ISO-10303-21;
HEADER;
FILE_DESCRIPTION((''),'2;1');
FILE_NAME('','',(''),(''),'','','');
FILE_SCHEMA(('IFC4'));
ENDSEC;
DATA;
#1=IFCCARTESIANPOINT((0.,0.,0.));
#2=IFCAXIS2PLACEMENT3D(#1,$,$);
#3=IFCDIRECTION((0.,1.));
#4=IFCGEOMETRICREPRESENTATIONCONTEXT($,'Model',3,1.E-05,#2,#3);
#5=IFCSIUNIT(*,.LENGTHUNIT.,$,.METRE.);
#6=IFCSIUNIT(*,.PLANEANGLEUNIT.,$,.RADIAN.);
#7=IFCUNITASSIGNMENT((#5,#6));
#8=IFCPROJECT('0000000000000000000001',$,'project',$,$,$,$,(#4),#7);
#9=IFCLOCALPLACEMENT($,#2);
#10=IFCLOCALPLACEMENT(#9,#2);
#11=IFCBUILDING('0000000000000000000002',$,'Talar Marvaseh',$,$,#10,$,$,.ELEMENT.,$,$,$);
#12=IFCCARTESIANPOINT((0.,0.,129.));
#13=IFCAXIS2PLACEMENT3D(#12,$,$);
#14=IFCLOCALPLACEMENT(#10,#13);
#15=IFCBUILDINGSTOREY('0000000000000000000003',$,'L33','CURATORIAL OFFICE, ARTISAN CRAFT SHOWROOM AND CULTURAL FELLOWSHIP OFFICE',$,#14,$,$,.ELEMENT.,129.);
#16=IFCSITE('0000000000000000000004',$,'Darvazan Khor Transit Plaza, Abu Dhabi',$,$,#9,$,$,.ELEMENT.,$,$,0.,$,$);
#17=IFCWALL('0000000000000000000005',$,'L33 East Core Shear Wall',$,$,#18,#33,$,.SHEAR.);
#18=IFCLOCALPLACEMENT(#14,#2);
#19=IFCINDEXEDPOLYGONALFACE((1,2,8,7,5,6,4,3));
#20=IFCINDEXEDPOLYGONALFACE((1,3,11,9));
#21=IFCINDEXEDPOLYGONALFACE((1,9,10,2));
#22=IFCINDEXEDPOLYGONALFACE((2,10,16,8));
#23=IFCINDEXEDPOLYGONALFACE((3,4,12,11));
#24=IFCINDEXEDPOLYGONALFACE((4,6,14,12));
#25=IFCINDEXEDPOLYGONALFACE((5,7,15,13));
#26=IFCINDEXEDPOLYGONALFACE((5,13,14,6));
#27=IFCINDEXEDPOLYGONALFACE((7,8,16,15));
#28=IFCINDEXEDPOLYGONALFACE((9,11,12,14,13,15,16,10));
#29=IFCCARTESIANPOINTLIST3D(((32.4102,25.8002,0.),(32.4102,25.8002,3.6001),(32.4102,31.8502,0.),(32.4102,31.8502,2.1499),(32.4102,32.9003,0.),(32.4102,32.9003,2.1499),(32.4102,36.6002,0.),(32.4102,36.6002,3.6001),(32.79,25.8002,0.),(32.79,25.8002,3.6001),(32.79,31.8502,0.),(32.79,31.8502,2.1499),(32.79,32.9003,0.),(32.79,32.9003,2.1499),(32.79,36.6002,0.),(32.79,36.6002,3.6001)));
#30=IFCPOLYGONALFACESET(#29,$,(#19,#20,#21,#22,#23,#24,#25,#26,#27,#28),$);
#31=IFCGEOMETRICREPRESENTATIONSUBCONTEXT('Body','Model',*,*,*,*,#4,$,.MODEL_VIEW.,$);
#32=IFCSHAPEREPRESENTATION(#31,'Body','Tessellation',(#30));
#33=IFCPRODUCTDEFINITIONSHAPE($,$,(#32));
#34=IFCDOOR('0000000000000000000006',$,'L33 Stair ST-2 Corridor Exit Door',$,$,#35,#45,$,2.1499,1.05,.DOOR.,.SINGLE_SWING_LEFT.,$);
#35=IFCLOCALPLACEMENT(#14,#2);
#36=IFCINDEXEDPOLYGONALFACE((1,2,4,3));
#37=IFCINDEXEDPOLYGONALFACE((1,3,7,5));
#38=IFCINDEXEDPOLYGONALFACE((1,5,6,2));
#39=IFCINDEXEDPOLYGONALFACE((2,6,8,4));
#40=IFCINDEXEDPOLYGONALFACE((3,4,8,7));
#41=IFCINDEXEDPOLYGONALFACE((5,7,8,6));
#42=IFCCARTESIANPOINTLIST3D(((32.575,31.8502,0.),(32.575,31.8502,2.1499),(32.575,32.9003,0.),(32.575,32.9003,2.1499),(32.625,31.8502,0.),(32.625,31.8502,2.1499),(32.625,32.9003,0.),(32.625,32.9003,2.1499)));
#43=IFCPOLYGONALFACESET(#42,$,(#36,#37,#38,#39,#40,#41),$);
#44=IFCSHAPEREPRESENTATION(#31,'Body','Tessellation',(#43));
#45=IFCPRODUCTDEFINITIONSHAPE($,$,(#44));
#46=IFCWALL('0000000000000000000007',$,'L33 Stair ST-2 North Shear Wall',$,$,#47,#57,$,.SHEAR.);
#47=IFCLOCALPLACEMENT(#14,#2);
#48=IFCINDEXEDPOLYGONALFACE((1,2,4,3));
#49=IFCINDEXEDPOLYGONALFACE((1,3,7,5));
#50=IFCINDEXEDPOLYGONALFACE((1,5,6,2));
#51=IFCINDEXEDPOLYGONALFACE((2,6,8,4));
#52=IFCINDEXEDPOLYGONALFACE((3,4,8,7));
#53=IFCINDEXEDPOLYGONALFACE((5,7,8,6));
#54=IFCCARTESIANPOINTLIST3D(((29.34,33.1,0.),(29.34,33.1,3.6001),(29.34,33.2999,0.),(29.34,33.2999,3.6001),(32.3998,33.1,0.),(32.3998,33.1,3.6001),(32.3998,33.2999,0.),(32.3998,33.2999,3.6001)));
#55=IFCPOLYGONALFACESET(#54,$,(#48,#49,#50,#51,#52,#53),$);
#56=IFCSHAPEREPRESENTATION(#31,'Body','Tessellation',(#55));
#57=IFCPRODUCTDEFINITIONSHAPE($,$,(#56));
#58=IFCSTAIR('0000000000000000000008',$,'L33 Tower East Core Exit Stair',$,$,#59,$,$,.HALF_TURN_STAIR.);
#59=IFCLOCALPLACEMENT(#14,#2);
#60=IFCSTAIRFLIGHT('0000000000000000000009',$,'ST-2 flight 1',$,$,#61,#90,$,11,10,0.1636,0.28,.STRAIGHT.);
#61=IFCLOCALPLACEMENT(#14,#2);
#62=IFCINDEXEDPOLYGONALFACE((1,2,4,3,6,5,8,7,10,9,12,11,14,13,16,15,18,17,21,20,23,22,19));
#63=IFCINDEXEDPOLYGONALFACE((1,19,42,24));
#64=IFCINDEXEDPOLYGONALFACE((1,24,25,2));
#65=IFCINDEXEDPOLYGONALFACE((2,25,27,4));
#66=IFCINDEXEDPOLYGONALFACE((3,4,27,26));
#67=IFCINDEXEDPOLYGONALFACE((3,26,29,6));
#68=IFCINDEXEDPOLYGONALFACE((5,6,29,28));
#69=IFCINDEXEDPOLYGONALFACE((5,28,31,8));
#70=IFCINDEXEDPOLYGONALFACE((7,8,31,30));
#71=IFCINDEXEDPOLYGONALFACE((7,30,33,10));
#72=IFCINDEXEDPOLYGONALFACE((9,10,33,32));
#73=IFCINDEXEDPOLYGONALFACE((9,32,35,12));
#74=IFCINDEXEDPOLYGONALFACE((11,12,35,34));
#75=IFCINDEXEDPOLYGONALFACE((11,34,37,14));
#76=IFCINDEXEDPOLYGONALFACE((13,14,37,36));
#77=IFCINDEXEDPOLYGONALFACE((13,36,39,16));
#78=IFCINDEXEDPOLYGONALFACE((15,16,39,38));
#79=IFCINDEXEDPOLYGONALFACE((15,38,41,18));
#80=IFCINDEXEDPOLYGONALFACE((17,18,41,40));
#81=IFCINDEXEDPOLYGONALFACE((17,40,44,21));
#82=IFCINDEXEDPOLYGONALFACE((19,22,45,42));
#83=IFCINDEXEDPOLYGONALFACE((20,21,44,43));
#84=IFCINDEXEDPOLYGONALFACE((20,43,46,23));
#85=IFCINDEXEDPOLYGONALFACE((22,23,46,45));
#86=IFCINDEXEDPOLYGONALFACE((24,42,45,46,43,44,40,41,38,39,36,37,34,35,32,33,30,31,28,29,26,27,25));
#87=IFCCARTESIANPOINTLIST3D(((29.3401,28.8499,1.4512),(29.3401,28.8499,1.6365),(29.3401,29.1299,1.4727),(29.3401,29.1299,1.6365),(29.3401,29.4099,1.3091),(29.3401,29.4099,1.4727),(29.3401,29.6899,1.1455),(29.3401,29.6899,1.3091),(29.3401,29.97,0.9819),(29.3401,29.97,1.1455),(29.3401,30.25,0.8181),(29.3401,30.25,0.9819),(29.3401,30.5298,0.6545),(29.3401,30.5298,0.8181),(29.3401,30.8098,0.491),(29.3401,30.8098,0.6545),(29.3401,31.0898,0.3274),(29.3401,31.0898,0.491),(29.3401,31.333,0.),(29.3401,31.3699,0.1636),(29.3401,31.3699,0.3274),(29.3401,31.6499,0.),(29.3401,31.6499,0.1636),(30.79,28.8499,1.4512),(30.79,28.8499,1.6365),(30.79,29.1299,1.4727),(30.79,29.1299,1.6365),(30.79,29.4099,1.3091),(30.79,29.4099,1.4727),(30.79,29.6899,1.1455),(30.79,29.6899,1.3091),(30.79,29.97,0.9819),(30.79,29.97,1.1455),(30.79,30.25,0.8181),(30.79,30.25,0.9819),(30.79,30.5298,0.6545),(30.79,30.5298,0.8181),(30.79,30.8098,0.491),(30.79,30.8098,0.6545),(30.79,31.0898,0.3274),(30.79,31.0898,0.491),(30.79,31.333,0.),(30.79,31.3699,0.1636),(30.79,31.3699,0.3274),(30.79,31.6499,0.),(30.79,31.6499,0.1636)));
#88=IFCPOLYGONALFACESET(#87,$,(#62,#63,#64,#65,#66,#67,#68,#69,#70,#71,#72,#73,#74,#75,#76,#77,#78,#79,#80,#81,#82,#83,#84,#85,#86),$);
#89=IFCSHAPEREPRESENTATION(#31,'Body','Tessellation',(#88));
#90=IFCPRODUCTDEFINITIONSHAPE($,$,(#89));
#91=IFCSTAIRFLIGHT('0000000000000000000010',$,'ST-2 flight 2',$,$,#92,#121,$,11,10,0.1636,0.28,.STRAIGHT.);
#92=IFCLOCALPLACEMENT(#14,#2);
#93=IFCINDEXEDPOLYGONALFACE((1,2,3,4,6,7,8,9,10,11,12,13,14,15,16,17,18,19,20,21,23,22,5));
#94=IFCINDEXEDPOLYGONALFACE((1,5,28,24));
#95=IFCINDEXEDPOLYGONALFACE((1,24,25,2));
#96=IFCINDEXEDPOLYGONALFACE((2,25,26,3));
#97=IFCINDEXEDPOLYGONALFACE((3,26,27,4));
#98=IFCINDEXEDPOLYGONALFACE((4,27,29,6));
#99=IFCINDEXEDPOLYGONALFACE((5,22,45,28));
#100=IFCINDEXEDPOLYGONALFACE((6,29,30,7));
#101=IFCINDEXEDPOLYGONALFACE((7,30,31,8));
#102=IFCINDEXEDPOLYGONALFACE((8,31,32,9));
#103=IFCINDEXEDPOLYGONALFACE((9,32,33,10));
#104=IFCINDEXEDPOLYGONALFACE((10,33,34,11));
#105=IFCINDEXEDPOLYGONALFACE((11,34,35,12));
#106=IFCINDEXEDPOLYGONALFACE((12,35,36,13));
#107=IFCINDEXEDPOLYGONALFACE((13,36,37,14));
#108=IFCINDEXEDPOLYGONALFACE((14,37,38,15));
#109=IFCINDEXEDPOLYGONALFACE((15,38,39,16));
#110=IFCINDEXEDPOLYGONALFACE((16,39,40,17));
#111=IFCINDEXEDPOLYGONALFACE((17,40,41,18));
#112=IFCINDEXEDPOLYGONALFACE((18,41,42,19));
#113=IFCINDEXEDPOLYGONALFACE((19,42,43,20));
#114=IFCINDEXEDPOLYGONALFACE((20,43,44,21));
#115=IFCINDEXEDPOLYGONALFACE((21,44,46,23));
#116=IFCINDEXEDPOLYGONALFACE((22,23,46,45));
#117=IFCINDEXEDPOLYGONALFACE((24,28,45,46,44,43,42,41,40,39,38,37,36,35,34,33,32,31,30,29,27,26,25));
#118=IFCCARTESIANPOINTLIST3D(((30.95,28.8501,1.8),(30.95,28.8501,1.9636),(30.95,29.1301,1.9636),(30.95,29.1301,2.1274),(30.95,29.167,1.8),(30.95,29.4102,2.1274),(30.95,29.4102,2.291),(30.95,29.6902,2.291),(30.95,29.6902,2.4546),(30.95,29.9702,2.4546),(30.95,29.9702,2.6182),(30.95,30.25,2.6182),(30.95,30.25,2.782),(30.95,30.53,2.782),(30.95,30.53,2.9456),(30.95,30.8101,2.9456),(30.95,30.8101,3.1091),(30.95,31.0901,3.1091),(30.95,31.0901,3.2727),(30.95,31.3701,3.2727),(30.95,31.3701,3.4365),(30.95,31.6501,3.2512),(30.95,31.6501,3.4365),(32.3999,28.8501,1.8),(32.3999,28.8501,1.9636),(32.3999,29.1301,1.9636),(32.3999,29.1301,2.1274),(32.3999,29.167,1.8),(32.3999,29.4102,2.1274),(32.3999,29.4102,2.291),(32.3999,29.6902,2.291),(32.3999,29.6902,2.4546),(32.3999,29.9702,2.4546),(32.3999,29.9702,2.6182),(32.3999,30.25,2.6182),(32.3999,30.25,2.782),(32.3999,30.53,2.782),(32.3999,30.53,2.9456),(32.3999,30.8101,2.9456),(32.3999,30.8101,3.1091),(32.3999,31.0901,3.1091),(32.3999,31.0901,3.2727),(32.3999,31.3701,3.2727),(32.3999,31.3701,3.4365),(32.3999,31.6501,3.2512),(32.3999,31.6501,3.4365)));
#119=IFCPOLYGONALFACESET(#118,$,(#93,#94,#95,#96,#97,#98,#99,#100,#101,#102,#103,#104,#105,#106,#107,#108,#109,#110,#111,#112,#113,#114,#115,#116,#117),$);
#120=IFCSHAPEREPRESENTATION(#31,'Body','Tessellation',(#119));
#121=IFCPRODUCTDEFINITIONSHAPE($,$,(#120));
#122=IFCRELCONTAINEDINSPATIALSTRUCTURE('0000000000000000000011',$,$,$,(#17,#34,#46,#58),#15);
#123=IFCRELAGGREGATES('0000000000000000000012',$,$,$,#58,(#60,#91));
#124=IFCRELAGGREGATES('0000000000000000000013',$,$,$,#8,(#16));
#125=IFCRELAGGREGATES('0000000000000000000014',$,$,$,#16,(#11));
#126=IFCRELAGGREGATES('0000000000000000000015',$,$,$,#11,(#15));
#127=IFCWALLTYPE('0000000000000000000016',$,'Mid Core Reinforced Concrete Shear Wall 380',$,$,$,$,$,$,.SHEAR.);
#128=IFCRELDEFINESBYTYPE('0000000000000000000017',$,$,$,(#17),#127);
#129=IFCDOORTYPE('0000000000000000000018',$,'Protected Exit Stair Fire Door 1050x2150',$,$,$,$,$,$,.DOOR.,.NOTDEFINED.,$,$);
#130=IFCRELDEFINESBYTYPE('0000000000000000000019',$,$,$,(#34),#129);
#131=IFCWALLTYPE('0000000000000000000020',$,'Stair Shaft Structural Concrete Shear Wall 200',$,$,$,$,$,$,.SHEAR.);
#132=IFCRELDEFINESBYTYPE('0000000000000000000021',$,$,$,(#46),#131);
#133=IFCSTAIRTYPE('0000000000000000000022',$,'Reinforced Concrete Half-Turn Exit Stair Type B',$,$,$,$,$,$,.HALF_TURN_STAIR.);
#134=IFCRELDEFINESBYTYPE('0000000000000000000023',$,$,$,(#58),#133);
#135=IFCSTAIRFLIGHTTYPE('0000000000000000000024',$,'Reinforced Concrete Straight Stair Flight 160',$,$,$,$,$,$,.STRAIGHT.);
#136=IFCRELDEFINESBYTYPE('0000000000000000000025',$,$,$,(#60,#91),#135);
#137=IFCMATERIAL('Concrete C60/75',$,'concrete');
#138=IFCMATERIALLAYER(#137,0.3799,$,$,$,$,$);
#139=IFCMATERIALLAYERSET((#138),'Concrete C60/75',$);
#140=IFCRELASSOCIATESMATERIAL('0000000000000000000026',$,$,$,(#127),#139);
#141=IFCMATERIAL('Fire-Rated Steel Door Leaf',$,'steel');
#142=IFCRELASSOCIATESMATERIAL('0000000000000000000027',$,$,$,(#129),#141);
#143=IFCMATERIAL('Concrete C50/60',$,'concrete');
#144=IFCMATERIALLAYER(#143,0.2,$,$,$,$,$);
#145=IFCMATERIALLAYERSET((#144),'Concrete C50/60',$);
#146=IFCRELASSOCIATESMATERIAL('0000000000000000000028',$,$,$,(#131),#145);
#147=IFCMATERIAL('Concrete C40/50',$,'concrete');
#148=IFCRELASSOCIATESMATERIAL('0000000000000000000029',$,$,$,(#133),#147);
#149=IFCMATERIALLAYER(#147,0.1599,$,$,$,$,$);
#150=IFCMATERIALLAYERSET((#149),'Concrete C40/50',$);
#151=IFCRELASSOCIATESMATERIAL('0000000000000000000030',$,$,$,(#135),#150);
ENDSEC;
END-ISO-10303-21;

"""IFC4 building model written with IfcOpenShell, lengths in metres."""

from ifc_helpers import new_model, si_unit, direction, frame, frame_2d, origin, place, context, subcontext, project, spatial, polyline, rectangle, outline, extrude, source, transform, mapped, material, layer, layer_set, type_object, type_shapes, element, fill, aggregate, save


model = new_model("IFC4")

# Units and contexts
model_context = context("Model", 3, precision=1e-05, world=origin(), true_north=direction((0.0, 1.0)))
body_context = subcontext(model_context, "Body", "Model", "MODEL_VIEW")
ifc_project = project(units=[si_unit("LENGTHUNIT", "METRE"), si_unit("PLANEANGLEUNIT", "RADIAN")], contexts=[model_context])

# Site, building, storey
site_placement = place(None, origin())
site = spatial("IfcSite", under=ifc_project, at=site_placement, Name="Darvazan Khor Transit Plaza, Abu Dhabi", CompositionType="ELEMENT", RefElevation=0.0)
building_placement = place(site_placement, origin())
building = spatial("IfcBuilding", under=site, at=building_placement, Name="Talar Marvaseh", CompositionType="ELEMENT")
storey_placement = place(building_placement, frame((0.0, 0.0, 129.0)))
storey = spatial("IfcBuildingStorey", under=building, at=storey_placement, Name="L33", Description="CURATORIAL OFFICE, ARTISAN CRAFT SHOWROOM AND CULTURAL FELLOWSHIP OFFICE", CompositionType="ELEMENT", Elevation=129.0)

# Shared definitions
ifc_material_1 = material(Name="Concrete C60/75", Category="concrete")

# Shared definitions
ifc_material_2 = material(Name="Concrete C40/50", Category="concrete")

# Wall, opening, door
ifc_layer_1 = layer(ifc_material_1, 0.3799)
ifc_layer_set_1 = layer_set([ifc_layer_1], Name="Concrete C60/75")
wall_type_1 = type_object("IfcWallType", Name="Mid Core Reinforced Concrete Shear Wall 380", PredefinedType="SHEAR", material=ifc_layer_set_1)
wall_1_placement = place(storey_placement, frame((32.6001, 36.6001, 0.0), z_axis=(0.0, 0.0, 1.0), x_axis=(0.0, -1.0, 0.0)))
wall_1 = element("IfcWall", 1, at=wall_1_placement, inside=storey, type_object=wall_type_1, Name="L33 East Core Shear Wall", PredefinedType="SHEAR", context=body_context, shape_type="SweptSolid", body=[
    extrude(rectangle(XDim=10.8, YDim=0.3799, at=frame_2d((5.3999, 0.0))), origin(), (0.0, 0.0, 1.0), 3.6001),
])
opening_1_placement = place(wall_1_placement, frame((3.7, 0.0, 0.0)))
opening_1 = element("IfcOpeningElement", 2, at=opening_1_placement, cuts=wall_1, PredefinedType="OPENING", context=body_context, shape_type="SweptSolid", body=[
    extrude(rectangle(XDim=1.05, YDim=2.1499, at=frame_2d((0.5249, 1.075))), frame((0.0, 0.2, 0.0), z_axis=(0.0, -1.0, 0.0), x_axis=(1.0, 0.0, 0.0)), (0.0, 0.0, 1.0), 0.3999),
])
ifc_material_3 = material(Name="Fire-Rated Steel Door Leaf", Category="steel")
door_type_1 = type_object("IfcDoorType", Name="Protected Exit Stair Fire Door 1050x2150", OperationType="NOTDEFINED", PredefinedType="DOOR", material=ifc_material_3)
shared_shape_1 = source(origin(), body_context, "Body", "SweptSolid", [
    extrude(rectangle(XDim=1.05, YDim=2.1499, at=frame_2d((0.5249, 1.075))), frame((0.0, 0.0249, 0.0), z_axis=(0.0, -1.0, 0.0), x_axis=(1.0, 0.0, 0.0)), (0.0, 0.0, 1.0), 0.05),
])
type_shapes(door_type_1, [shared_shape_1])
door_1_placement = place(opening_1_placement, origin())
door_1 = element("IfcDoor", 3, at=door_1_placement, inside=storey, type_object=door_type_1, Name="L33 Stair ST-2 Corridor Exit Door", OperationType="SINGLE_SWING_LEFT", OverallHeight=2.1499, OverallWidth=1.05, PredefinedType="DOOR", context=body_context, shape_type="MappedRepresentation", body=[
    mapped(shared_shape_1, transform((0.0, 0.0, 0.0), x_axis=(1.0, 0.0, 0.0), y_axis=(0.0, 1.0, 0.0), z_axis=(0.0, 0.0, 1.0), scale=1.0)),
])
fill(opening_1, door_1)

# Wall
ifc_material_4 = material(Name="Concrete C50/60", Category="concrete")
ifc_layer_2 = layer(ifc_material_4, 0.2)
ifc_layer_set_2 = layer_set([ifc_layer_2], Name="Concrete C50/60")
wall_type_2 = type_object("IfcWallType", Name="Stair Shaft Structural Concrete Shear Wall 200", PredefinedType="SHEAR", material=ifc_layer_set_2)
wall_2_placement = place(storey_placement, frame((29.3401, 33.2, 0.0), z_axis=(0.0, 0.0, 1.0), x_axis=(1.0, 0.0, 0.0)))
element("IfcWall", 4, at=wall_2_placement, inside=storey, type_object=wall_type_2, Name="L33 Stair ST-2 North Shear Wall", PredefinedType="SHEAR", context=body_context, shape_type="SweptSolid", body=[
    extrude(rectangle(XDim=3.0598, YDim=0.2, at=frame_2d((1.5298, 0.0))), origin(), (0.0, 0.0, 1.0), 3.6001),
])

# Stair, stair flights
stair_type = type_object("IfcStairType", Name="Reinforced Concrete Half-Turn Exit Stair Type B", PredefinedType="HALF_TURN_STAIR", material=ifc_material_2)
stair_placement = place(storey_placement, origin())
stair = element("IfcStair", 5, at=stair_placement, inside=storey, type_object=stair_type, Name="L33 Tower East Core Exit Stair", PredefinedType="HALF_TURN_STAIR")
ifc_layer_3 = layer(ifc_material_2, 0.1599)
ifc_layer_set_3 = layer_set([ifc_layer_3], Name="Concrete C40/50")
stair_flight_type = type_object("IfcStairFlightType", Name="Reinforced Concrete Straight Stair Flight 160", PredefinedType="STRAIGHT", material=ifc_layer_set_3)
stair_flight_1_placement = place(storey_placement, frame((30.0649, 31.6499, 0.0), z_axis=(0.0, 0.0, 1.0), x_axis=(0.0, -1.0, 0.0)))
stair_flight_1 = element("IfcStairFlight", 6, at=stair_flight_1_placement, type_object=stair_flight_type, Name="ST-2 flight 1", NumberOfRisers=11, NumberOfTreads=10, PredefinedType="STRAIGHT", RiserHeight=0.1636, TreadLength=0.28, context=body_context, shape_type="SweptSolid", body=[
    extrude(outline(polyline([(0.0, 0.0), (0.0, 0.1636), (0.28, 0.1636), (0.28, 0.3274), (0.5601, 0.3274), (0.5601, 0.491), (0.8401, 0.491), (0.8401, 0.6545), (1.1201, 0.6545), (1.1201, 0.8181), (1.3999, 0.8181), (1.3999, 0.9819), (1.6799, 0.9819), (1.6799, 1.1455), (1.96, 1.1455), (1.96, 1.3091), (2.24, 1.3091), (2.24, 1.4727), (2.52, 1.4727), (2.52, 1.6365), (2.8, 1.6365), (2.8, 1.8), (2.8, 1.4512), (0.3169, 0.0), (0.0, 0.0)])), frame((0.0, 0.7251, 0.0), z_axis=(0.0, -1.0, 0.0), x_axis=(1.0, 0.0, 0.0)), (0.0, 0.0, 1.0), 1.45),
])
stair_flight_2_placement = place(storey_placement, frame((31.675, 28.8501, 1.8), z_axis=(0.0, 0.0, 1.0), x_axis=(0.0, 1.0, 0.0)))
stair_flight_2 = element("IfcStairFlight", 7, at=stair_flight_2_placement, type_object=stair_flight_type, Name="ST-2 flight 2", NumberOfRisers=11, NumberOfTreads=10, PredefinedType="STRAIGHT", RiserHeight=0.1636, TreadLength=0.28, context=body_context, shape_type="SweptSolid", body=[
    extrude(outline(polyline([(0.0, 0.0), (0.0, 0.1636), (0.28, 0.1636), (0.28, 0.3274), (0.5601, 0.3274), (0.5601, 0.491), (0.8401, 0.491), (0.8401, 0.6545), (1.1201, 0.6545), (1.1201, 0.8181), (1.3999, 0.8181), (1.3999, 0.9819), (1.6799, 0.9819), (1.6799, 1.1455), (1.96, 1.1455), (1.96, 1.3091), (2.24, 1.3091), (2.24, 1.4727), (2.52, 1.4727), (2.52, 1.6365), (2.8, 1.6365), (2.8, 1.8), (2.8, 1.4512), (0.3169, 0.0), (0.0, 0.0)])), frame((0.0, 0.7251, 0.0), z_axis=(0.0, -1.0, 0.0), x_axis=(1.0, 0.0, 0.0)), (0.0, 0.0, 1.0), 1.45),
])
aggregate(stair, [stair_flight_1, stair_flight_2])

save(model, "model.ifc")
